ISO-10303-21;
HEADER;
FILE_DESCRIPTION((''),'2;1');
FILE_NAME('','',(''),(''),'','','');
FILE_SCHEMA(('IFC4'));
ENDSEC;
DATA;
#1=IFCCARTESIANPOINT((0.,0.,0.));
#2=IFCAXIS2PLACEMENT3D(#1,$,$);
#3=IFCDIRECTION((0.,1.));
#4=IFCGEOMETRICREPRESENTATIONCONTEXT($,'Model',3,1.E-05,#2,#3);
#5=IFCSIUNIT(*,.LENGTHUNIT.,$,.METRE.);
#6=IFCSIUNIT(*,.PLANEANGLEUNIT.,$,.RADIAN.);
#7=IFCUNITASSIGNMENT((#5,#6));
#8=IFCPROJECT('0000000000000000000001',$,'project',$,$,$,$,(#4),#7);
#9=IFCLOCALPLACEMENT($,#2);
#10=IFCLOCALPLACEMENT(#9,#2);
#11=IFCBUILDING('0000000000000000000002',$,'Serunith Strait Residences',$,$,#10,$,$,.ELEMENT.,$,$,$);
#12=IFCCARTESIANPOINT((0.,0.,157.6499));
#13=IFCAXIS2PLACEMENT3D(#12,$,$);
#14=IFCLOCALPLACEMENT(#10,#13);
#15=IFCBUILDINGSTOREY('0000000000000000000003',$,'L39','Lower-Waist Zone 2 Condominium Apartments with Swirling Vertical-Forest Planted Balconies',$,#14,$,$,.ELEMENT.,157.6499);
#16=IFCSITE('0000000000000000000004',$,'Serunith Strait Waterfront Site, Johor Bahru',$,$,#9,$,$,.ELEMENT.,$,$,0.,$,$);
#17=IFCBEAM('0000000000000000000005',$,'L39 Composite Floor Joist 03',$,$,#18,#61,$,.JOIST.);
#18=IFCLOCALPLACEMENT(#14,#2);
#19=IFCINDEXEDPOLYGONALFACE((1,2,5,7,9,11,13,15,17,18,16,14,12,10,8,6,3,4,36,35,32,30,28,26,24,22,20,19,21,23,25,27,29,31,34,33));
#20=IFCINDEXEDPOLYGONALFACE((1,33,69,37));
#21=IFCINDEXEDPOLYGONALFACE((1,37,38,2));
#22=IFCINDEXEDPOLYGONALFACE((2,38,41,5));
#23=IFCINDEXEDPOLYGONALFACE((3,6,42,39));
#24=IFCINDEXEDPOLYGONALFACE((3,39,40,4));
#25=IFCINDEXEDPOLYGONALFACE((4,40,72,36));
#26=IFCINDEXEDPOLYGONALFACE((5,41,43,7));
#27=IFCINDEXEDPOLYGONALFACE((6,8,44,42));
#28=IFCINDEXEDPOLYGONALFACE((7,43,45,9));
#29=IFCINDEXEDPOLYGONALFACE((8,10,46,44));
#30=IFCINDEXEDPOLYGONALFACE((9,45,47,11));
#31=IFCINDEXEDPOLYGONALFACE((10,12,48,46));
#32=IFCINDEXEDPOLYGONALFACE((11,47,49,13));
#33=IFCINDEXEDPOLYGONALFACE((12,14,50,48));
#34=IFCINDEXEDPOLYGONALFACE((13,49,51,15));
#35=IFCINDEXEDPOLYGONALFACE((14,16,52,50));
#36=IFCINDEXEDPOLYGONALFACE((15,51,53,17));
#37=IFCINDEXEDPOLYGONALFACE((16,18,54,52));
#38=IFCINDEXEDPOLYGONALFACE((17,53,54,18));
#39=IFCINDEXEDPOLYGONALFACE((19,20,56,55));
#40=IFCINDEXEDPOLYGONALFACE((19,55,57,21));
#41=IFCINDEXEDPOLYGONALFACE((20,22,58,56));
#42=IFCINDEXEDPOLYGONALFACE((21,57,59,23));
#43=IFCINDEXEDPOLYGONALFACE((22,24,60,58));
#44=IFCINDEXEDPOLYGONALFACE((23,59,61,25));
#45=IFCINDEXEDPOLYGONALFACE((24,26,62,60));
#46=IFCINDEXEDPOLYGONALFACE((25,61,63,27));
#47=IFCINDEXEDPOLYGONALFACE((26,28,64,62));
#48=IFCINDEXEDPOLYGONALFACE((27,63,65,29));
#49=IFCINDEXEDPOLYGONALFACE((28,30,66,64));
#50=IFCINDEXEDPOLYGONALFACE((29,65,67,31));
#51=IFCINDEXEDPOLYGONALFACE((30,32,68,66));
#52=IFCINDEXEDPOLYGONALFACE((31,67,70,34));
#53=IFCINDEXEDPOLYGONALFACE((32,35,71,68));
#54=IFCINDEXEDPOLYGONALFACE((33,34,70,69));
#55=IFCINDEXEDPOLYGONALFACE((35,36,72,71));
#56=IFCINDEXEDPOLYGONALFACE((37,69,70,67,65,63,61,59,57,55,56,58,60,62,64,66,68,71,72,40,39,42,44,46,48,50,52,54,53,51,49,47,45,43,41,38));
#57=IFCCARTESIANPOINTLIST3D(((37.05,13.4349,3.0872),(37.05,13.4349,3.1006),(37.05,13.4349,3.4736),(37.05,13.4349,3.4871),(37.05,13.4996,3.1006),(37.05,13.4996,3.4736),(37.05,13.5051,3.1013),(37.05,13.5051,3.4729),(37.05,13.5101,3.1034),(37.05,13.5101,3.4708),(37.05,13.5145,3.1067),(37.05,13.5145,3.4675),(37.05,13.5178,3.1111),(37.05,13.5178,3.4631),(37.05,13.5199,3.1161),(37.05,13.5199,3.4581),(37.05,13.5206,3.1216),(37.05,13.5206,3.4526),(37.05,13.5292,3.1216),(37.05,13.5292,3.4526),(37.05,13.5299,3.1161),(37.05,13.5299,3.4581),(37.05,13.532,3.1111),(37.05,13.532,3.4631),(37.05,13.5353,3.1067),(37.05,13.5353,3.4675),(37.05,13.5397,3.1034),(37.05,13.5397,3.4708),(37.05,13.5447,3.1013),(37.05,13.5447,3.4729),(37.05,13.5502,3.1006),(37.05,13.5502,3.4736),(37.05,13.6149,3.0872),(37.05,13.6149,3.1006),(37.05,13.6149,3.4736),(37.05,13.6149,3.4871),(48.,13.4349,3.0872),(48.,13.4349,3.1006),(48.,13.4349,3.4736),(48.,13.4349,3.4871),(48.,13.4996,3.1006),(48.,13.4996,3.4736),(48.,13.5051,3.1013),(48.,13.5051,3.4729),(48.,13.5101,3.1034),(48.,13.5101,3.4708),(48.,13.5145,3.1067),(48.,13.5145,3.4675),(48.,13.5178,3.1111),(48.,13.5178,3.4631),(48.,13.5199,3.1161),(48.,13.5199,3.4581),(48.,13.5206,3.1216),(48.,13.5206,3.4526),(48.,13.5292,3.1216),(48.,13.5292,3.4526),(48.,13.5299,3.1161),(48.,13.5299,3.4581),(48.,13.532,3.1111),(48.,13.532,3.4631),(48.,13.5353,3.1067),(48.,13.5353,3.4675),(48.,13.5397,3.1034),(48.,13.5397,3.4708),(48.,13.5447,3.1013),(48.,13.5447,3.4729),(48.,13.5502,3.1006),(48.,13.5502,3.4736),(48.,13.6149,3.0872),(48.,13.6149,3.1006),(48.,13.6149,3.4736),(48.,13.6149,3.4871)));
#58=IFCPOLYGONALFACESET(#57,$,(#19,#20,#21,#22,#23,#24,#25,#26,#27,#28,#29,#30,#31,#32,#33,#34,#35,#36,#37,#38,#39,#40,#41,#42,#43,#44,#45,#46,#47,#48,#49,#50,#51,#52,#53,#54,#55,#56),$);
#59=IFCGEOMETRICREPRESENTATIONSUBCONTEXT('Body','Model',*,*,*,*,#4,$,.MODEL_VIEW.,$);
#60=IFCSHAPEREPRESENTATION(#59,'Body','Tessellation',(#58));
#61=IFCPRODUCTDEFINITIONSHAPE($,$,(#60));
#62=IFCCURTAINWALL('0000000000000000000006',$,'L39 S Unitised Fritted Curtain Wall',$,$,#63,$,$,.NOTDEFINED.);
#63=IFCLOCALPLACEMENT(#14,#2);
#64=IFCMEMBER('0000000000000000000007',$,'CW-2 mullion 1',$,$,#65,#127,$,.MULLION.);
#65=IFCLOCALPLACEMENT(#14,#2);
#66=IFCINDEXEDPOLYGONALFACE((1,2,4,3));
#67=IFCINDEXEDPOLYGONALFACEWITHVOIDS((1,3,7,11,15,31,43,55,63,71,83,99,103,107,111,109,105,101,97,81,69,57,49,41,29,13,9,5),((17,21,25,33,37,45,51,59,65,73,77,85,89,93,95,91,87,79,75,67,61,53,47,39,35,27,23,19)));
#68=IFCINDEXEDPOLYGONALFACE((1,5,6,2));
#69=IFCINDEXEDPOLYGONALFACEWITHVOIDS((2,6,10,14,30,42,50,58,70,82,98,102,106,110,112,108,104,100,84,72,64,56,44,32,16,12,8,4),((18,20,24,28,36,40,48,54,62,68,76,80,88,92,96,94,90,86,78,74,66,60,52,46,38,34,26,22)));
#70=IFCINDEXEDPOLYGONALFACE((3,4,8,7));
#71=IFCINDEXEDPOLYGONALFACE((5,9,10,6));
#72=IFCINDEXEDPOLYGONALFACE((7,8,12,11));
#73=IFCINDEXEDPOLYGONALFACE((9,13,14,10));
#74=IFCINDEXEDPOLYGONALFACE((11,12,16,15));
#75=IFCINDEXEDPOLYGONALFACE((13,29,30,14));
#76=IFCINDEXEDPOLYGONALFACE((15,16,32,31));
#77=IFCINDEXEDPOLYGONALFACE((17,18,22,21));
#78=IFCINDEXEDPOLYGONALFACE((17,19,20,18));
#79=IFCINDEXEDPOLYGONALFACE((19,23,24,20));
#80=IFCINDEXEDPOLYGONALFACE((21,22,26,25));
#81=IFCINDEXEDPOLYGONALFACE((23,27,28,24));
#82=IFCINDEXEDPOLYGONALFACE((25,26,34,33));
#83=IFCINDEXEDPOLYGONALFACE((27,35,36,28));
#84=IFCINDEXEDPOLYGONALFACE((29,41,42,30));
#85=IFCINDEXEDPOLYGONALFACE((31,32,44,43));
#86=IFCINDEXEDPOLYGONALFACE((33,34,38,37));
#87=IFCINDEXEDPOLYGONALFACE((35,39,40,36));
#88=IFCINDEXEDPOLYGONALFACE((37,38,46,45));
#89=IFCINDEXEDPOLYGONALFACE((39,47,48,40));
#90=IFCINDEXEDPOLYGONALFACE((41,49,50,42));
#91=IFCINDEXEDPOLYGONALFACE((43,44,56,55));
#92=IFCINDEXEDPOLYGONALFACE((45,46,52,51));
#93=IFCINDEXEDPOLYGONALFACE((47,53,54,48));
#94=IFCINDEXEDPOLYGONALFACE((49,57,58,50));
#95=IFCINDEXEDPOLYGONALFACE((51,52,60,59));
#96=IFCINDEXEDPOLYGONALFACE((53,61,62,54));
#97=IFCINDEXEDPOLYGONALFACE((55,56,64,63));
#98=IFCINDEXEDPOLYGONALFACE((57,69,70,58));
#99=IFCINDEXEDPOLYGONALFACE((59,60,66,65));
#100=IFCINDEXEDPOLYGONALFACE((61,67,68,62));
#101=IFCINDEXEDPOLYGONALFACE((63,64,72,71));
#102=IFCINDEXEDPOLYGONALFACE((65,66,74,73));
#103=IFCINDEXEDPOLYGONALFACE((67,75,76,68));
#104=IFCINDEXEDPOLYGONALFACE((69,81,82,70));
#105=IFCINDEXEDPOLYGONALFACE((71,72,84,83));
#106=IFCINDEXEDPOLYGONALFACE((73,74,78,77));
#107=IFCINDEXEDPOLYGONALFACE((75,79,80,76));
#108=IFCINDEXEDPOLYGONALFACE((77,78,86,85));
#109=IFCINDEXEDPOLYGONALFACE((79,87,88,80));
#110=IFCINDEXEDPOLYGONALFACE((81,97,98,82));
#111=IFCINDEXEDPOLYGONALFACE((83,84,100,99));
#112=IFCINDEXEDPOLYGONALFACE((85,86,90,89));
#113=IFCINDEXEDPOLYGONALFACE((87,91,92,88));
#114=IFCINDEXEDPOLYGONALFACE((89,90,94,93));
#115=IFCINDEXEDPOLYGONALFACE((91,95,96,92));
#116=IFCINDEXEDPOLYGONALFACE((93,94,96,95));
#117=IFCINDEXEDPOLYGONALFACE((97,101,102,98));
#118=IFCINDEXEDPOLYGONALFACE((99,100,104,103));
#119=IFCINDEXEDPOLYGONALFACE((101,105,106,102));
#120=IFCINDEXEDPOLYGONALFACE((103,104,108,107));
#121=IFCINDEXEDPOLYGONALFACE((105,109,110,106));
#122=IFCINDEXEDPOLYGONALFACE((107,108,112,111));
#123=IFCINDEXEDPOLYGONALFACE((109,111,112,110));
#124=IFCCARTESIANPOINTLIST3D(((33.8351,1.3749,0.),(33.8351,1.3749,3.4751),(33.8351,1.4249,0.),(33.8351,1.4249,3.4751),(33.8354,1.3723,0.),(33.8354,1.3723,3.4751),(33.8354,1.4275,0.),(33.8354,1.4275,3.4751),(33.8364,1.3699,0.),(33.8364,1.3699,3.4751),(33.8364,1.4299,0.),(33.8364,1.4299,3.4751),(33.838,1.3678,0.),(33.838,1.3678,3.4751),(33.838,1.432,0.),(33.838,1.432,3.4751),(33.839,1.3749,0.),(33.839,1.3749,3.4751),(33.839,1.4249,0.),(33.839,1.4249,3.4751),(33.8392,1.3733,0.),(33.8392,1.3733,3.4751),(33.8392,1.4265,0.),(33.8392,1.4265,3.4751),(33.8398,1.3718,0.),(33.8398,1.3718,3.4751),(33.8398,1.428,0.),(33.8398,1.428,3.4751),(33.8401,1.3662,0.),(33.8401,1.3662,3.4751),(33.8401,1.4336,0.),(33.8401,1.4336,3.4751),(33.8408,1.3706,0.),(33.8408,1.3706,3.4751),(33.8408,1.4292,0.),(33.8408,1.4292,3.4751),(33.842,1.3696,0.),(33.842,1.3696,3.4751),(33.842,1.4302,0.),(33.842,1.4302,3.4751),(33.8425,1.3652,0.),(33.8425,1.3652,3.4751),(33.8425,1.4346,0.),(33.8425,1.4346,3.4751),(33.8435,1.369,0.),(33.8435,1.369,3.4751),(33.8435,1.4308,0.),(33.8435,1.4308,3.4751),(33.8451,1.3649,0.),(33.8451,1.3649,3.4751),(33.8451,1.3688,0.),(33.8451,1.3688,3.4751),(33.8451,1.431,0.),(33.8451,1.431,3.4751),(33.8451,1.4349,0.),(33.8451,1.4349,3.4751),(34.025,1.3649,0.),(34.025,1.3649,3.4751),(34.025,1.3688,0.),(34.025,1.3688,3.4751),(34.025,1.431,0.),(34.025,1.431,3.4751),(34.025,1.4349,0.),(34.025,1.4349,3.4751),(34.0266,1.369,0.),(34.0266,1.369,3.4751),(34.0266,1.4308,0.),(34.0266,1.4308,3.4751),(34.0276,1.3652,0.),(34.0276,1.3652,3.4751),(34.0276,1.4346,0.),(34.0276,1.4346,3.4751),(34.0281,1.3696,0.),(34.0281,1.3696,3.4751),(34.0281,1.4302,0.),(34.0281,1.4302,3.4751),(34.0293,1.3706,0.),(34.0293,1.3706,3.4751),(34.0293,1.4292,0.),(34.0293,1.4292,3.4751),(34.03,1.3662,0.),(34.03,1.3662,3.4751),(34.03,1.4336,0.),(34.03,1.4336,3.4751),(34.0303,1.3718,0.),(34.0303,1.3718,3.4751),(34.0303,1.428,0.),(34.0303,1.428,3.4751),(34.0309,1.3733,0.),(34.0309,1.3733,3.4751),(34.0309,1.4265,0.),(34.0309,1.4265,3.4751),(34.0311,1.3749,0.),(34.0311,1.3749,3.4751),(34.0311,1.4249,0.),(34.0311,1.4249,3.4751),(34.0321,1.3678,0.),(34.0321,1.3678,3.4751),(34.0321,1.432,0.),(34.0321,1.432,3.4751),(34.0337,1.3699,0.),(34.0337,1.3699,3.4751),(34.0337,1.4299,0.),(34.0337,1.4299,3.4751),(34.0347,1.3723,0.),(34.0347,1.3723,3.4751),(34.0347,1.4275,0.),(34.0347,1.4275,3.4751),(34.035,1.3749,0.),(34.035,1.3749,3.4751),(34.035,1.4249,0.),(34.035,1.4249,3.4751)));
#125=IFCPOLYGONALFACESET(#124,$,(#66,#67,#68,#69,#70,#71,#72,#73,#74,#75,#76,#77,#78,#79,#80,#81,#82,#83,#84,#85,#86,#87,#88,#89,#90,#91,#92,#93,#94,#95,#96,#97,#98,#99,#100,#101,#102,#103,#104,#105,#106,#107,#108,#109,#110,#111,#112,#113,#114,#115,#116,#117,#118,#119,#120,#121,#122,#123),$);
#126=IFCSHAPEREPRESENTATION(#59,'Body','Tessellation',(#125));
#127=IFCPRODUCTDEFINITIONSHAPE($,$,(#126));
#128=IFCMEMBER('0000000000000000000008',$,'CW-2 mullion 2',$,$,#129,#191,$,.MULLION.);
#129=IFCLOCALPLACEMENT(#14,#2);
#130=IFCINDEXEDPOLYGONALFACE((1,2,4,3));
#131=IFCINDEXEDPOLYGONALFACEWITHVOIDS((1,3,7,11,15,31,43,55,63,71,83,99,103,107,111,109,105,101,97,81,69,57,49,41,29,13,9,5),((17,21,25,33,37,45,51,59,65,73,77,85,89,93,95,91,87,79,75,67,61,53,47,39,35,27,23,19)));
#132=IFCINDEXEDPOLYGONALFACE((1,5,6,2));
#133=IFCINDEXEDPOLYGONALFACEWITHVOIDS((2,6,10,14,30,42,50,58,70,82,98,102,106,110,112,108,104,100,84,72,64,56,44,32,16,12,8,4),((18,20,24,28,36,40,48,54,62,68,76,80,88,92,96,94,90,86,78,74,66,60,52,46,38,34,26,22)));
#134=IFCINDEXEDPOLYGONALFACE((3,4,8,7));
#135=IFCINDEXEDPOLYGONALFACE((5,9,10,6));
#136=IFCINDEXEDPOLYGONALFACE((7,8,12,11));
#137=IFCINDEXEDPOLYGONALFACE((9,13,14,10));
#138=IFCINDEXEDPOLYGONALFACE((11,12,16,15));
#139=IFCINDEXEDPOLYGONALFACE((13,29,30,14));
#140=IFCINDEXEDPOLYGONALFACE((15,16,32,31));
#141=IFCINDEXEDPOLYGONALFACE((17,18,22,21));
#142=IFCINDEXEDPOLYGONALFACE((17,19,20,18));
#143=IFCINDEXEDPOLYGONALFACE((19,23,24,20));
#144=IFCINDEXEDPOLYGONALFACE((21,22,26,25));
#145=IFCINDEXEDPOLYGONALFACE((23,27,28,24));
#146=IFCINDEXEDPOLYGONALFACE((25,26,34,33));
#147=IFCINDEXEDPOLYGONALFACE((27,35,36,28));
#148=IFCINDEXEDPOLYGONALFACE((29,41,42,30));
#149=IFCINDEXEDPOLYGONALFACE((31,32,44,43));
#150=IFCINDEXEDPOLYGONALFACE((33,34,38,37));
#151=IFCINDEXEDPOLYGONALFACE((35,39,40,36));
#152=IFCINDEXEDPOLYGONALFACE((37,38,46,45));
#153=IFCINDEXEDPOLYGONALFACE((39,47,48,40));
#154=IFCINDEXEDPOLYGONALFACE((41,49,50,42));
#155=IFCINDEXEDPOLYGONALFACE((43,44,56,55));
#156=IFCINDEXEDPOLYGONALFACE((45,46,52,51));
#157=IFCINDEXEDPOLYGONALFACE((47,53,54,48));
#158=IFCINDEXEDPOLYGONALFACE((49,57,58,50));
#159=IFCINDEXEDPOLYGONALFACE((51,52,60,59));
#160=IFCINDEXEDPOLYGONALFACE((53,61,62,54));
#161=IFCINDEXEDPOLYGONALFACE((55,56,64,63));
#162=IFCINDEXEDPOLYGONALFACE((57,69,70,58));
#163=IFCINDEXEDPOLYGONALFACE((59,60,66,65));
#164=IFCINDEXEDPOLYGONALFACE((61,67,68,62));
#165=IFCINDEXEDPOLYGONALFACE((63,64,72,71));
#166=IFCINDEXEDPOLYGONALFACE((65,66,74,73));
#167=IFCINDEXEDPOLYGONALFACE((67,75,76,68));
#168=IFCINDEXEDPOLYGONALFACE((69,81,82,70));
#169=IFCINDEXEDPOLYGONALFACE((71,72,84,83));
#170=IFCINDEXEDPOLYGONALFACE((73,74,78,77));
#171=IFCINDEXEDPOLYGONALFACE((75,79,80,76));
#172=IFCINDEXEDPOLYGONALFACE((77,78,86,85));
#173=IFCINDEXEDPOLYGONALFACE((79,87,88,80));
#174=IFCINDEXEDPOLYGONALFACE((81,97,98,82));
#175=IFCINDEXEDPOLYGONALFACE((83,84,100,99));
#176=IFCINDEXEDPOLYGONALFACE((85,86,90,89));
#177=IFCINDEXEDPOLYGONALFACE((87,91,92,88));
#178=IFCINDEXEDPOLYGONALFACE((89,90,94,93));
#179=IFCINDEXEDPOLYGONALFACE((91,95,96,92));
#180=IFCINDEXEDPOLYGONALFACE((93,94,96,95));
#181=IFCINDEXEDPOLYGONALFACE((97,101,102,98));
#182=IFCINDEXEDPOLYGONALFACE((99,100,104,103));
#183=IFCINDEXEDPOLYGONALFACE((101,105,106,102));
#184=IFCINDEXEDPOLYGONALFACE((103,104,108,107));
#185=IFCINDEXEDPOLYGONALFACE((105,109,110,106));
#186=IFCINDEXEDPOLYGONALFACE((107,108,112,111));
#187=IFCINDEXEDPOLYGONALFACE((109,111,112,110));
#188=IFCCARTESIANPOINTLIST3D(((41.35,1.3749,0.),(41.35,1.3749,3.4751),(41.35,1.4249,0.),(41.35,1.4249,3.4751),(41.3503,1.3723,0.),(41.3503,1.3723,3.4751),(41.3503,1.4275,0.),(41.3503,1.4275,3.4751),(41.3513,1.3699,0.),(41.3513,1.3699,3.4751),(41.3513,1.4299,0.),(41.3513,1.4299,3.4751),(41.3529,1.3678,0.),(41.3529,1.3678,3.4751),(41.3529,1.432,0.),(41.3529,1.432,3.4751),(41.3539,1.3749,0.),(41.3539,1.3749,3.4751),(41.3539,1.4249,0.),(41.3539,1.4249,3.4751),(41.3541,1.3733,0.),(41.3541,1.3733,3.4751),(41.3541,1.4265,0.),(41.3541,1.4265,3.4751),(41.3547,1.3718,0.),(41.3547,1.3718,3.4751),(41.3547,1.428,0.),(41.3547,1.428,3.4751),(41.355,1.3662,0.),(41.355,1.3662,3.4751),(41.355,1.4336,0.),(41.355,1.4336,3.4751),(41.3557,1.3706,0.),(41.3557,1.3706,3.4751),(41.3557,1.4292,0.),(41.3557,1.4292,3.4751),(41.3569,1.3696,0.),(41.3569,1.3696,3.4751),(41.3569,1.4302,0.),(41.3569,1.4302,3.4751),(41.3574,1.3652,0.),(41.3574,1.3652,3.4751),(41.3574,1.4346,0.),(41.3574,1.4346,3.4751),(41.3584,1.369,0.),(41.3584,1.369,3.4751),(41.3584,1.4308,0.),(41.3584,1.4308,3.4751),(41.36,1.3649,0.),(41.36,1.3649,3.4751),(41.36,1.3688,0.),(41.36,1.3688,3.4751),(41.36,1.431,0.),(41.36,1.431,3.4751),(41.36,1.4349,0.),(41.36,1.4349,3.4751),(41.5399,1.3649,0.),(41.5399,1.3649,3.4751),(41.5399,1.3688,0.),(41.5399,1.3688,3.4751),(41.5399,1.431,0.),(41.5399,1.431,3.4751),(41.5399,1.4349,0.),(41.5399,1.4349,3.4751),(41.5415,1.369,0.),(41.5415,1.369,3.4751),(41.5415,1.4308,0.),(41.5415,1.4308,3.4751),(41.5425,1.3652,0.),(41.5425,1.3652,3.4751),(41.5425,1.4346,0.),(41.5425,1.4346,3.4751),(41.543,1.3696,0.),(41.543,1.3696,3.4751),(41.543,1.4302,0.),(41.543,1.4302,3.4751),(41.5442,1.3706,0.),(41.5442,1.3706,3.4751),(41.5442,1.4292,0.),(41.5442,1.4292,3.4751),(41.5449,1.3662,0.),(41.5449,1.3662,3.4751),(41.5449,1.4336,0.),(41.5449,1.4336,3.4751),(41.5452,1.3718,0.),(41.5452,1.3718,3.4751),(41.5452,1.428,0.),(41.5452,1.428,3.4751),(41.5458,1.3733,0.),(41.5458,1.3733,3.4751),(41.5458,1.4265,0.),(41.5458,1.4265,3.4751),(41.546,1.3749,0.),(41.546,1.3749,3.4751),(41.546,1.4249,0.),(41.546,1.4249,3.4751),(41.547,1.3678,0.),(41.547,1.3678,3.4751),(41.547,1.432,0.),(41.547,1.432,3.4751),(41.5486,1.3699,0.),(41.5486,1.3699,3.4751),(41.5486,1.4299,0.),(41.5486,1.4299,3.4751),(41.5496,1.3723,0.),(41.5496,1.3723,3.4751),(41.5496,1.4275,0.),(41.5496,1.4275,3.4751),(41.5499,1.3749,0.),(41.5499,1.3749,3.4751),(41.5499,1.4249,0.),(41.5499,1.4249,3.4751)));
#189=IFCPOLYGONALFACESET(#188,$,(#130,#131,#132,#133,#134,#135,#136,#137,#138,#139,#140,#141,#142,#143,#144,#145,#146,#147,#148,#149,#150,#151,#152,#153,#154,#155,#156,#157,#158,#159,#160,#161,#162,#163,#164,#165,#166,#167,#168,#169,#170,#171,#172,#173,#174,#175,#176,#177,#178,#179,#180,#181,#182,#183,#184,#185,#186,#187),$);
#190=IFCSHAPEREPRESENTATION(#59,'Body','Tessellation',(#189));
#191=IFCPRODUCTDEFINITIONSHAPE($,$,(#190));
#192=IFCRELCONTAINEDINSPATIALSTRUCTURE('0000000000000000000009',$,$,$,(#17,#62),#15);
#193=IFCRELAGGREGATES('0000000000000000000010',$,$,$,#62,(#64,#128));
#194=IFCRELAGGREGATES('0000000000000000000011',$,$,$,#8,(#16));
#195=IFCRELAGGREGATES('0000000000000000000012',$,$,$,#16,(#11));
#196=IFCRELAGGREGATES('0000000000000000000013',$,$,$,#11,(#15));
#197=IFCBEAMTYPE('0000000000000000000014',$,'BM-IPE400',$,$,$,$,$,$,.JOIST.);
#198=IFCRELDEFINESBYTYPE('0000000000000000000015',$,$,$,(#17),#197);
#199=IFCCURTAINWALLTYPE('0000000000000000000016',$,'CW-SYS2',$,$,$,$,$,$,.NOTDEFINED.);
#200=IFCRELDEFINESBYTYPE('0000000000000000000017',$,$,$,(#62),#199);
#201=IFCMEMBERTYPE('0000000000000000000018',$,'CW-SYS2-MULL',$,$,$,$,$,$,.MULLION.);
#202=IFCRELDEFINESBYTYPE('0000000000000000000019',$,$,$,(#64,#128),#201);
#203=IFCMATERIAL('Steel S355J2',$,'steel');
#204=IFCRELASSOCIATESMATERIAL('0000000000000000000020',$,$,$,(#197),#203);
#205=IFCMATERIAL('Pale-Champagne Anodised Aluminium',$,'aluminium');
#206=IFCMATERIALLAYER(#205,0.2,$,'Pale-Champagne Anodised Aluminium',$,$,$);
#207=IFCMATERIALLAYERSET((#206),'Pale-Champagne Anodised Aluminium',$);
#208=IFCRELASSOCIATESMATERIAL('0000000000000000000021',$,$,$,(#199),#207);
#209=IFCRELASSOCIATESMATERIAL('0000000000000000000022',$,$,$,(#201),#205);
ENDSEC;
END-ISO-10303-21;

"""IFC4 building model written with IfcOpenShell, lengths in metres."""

from ifc_helpers import new_model, si_unit, direction, frame, origin, origin_2d, place, context, subcontext, project, spatial, hollow_rectangle, i_section, extrude, source, transform, mapped, material, layer, layer_set, material_profile, profile_set, type_object, element, aggregate, save


model = new_model("IFC4")

# Units and contexts
model_context = context("Model", 3, precision=1e-05, world=origin(), true_north=direction((0.0, 1.0)))
body_context = subcontext(model_context, "Body", "Model", "MODEL_VIEW")
ifc_project = project(units=[si_unit("LENGTHUNIT", "METRE"), si_unit("PLANEANGLEUNIT", "RADIAN")], contexts=[model_context])

# Site, building, storey
site_placement = place(None, origin())
site = spatial("IfcSite", under=ifc_project, at=site_placement, Name="Serunith Strait Waterfront Site, Johor Bahru", CompositionType="ELEMENT", RefElevation=0.0)
building_placement = place(site_placement, origin())
building = spatial("IfcBuilding", under=site, at=building_placement, Name="Serunith Strait Residences", CompositionType="ELEMENT")
storey_placement = place(building_placement, frame((0.0, 0.0, 157.6499)))
storey = spatial("IfcBuildingStorey", under=building, at=storey_placement, Name="L39", Description="Lower-Waist Zone 2 Condominium Apartments with Swirling Vertical-Forest Planted Balconies", CompositionType="ELEMENT", Elevation=157.6499)

# Beam
ifc_material_1 = material(Name="Steel S355J2", Category="steel")
ifc_material_profile_1 = material_profile(ifc_material_1, i_section(OverallWidth=0.1799, OverallDepth=0.3999, WebThickness=0.0085, FlangeThickness=0.0134, FilletRadius=0.021, at=origin_2d()), Name="IPE 400")
ifc_profile_set_1 = profile_set([ifc_material_profile_1], Name="Steel S355J2")
beam_type_1 = type_object("IfcBeamType", Name="BM-IPE400", PredefinedType="JOIST", material=ifc_profile_set_1)
shared_shape_1 = source(origin(), body_context, "Body", "SweptSolid", [
    extrude(i_section(OverallWidth=0.1799, OverallDepth=0.3999, WebThickness=0.0085, FlangeThickness=0.0134, FilletRadius=0.021, at=origin_2d()), origin(), (0.0, 0.0, 1.0), 10.95),
])
beam_1_placement = place(storey_placement, frame((37.05, 13.5249, 3.2871), z_axis=(1.0, 0.0, 0.0), x_axis=(0.0, 1.0, 0.0)))
element("IfcBeam", 1, at=beam_1_placement, inside=storey, type_object=beam_type_1, Name="L39 Composite Floor Joist 03", PredefinedType="JOIST", context=body_context, shape_type="MappedRepresentation", body=[
    mapped(shared_shape_1, transform((0.0, 0.0, 0.0), scale=1.0)),
])

# Curtain wall, members
ifc_material_2 = material(Name="Pale-Champagne Anodised Aluminium", Category="aluminium")
ifc_layer_1 = layer(ifc_material_2, 0.2, Name="Pale-Champagne Anodised Aluminium")
ifc_layer_set_1 = layer_set([ifc_layer_1], Name="Pale-Champagne Anodised Aluminium")
curtain_wall_type = type_object("IfcCurtainWallType", Name="CW-SYS2", PredefinedType="NOTDEFINED", material=ifc_layer_set_1)
curtain_wall_placement = place(storey_placement, origin())
curtain_wall = element("IfcCurtainWall", 2, at=curtain_wall_placement, inside=storey, type_object=curtain_wall_type, Name="L39 S Unitised Fritted Curtain Wall", PredefinedType="NOTDEFINED")
ifc_material_profile_2 = material_profile(ifc_material_2, hollow_rectangle(XDim=0.0701, YDim=0.2, WallThickness=0.0039, InnerFilletRadius=0.0061, OuterFilletRadius=0.01, at=origin_2d()), Name="ALU 200x70x4")
ifc_profile_set_2 = profile_set([ifc_material_profile_2], Name="Pale-Champagne Anodised Aluminium")
member_type_1 = type_object("IfcMemberType", Name="CW-SYS2-MULL", PredefinedType="MULLION", material=ifc_profile_set_2)
shared_shape_2 = source(origin(), body_context, "Body", "SweptSolid", [
    extrude(hollow_rectangle(XDim=0.0701, YDim=0.2, WallThickness=0.0039, InnerFilletRadius=0.0061, OuterFilletRadius=0.01, at=origin_2d()), origin(), (0.0, 0.0, 1.0), 3.4751),
])
member_1_placement = place(storey_placement, frame((33.9351, 1.3999, 0.0), z_axis=(0.0, 0.0, 1.0), x_axis=(0.0, 1.0, 0.0)))
member_1 = element("IfcMember", 3, at=member_1_placement, type_object=member_type_1, Name="CW-2 mullion 1", PredefinedType="MULLION", context=body_context, shape_type="MappedRepresentation", body=[
    mapped(shared_shape_2, transform((0.0, 0.0, 0.0), scale=1.0)),
])
member_2_placement = place(storey_placement, frame((41.45, 1.3999, 0.0), z_axis=(0.0, 0.0, 1.0), x_axis=(0.0, 1.0, 0.0)))
member_2 = element("IfcMember", 4, at=member_2_placement, type_object=member_type_1, Name="CW-2 mullion 2", PredefinedType="MULLION", context=body_context, shape_type="MappedRepresentation", body=[
    mapped(shared_shape_2, transform((0.0, 0.0, 0.0), scale=1.0)),
])
aggregate(curtain_wall, [member_1, member_2])

save(model, "model.ifc")
